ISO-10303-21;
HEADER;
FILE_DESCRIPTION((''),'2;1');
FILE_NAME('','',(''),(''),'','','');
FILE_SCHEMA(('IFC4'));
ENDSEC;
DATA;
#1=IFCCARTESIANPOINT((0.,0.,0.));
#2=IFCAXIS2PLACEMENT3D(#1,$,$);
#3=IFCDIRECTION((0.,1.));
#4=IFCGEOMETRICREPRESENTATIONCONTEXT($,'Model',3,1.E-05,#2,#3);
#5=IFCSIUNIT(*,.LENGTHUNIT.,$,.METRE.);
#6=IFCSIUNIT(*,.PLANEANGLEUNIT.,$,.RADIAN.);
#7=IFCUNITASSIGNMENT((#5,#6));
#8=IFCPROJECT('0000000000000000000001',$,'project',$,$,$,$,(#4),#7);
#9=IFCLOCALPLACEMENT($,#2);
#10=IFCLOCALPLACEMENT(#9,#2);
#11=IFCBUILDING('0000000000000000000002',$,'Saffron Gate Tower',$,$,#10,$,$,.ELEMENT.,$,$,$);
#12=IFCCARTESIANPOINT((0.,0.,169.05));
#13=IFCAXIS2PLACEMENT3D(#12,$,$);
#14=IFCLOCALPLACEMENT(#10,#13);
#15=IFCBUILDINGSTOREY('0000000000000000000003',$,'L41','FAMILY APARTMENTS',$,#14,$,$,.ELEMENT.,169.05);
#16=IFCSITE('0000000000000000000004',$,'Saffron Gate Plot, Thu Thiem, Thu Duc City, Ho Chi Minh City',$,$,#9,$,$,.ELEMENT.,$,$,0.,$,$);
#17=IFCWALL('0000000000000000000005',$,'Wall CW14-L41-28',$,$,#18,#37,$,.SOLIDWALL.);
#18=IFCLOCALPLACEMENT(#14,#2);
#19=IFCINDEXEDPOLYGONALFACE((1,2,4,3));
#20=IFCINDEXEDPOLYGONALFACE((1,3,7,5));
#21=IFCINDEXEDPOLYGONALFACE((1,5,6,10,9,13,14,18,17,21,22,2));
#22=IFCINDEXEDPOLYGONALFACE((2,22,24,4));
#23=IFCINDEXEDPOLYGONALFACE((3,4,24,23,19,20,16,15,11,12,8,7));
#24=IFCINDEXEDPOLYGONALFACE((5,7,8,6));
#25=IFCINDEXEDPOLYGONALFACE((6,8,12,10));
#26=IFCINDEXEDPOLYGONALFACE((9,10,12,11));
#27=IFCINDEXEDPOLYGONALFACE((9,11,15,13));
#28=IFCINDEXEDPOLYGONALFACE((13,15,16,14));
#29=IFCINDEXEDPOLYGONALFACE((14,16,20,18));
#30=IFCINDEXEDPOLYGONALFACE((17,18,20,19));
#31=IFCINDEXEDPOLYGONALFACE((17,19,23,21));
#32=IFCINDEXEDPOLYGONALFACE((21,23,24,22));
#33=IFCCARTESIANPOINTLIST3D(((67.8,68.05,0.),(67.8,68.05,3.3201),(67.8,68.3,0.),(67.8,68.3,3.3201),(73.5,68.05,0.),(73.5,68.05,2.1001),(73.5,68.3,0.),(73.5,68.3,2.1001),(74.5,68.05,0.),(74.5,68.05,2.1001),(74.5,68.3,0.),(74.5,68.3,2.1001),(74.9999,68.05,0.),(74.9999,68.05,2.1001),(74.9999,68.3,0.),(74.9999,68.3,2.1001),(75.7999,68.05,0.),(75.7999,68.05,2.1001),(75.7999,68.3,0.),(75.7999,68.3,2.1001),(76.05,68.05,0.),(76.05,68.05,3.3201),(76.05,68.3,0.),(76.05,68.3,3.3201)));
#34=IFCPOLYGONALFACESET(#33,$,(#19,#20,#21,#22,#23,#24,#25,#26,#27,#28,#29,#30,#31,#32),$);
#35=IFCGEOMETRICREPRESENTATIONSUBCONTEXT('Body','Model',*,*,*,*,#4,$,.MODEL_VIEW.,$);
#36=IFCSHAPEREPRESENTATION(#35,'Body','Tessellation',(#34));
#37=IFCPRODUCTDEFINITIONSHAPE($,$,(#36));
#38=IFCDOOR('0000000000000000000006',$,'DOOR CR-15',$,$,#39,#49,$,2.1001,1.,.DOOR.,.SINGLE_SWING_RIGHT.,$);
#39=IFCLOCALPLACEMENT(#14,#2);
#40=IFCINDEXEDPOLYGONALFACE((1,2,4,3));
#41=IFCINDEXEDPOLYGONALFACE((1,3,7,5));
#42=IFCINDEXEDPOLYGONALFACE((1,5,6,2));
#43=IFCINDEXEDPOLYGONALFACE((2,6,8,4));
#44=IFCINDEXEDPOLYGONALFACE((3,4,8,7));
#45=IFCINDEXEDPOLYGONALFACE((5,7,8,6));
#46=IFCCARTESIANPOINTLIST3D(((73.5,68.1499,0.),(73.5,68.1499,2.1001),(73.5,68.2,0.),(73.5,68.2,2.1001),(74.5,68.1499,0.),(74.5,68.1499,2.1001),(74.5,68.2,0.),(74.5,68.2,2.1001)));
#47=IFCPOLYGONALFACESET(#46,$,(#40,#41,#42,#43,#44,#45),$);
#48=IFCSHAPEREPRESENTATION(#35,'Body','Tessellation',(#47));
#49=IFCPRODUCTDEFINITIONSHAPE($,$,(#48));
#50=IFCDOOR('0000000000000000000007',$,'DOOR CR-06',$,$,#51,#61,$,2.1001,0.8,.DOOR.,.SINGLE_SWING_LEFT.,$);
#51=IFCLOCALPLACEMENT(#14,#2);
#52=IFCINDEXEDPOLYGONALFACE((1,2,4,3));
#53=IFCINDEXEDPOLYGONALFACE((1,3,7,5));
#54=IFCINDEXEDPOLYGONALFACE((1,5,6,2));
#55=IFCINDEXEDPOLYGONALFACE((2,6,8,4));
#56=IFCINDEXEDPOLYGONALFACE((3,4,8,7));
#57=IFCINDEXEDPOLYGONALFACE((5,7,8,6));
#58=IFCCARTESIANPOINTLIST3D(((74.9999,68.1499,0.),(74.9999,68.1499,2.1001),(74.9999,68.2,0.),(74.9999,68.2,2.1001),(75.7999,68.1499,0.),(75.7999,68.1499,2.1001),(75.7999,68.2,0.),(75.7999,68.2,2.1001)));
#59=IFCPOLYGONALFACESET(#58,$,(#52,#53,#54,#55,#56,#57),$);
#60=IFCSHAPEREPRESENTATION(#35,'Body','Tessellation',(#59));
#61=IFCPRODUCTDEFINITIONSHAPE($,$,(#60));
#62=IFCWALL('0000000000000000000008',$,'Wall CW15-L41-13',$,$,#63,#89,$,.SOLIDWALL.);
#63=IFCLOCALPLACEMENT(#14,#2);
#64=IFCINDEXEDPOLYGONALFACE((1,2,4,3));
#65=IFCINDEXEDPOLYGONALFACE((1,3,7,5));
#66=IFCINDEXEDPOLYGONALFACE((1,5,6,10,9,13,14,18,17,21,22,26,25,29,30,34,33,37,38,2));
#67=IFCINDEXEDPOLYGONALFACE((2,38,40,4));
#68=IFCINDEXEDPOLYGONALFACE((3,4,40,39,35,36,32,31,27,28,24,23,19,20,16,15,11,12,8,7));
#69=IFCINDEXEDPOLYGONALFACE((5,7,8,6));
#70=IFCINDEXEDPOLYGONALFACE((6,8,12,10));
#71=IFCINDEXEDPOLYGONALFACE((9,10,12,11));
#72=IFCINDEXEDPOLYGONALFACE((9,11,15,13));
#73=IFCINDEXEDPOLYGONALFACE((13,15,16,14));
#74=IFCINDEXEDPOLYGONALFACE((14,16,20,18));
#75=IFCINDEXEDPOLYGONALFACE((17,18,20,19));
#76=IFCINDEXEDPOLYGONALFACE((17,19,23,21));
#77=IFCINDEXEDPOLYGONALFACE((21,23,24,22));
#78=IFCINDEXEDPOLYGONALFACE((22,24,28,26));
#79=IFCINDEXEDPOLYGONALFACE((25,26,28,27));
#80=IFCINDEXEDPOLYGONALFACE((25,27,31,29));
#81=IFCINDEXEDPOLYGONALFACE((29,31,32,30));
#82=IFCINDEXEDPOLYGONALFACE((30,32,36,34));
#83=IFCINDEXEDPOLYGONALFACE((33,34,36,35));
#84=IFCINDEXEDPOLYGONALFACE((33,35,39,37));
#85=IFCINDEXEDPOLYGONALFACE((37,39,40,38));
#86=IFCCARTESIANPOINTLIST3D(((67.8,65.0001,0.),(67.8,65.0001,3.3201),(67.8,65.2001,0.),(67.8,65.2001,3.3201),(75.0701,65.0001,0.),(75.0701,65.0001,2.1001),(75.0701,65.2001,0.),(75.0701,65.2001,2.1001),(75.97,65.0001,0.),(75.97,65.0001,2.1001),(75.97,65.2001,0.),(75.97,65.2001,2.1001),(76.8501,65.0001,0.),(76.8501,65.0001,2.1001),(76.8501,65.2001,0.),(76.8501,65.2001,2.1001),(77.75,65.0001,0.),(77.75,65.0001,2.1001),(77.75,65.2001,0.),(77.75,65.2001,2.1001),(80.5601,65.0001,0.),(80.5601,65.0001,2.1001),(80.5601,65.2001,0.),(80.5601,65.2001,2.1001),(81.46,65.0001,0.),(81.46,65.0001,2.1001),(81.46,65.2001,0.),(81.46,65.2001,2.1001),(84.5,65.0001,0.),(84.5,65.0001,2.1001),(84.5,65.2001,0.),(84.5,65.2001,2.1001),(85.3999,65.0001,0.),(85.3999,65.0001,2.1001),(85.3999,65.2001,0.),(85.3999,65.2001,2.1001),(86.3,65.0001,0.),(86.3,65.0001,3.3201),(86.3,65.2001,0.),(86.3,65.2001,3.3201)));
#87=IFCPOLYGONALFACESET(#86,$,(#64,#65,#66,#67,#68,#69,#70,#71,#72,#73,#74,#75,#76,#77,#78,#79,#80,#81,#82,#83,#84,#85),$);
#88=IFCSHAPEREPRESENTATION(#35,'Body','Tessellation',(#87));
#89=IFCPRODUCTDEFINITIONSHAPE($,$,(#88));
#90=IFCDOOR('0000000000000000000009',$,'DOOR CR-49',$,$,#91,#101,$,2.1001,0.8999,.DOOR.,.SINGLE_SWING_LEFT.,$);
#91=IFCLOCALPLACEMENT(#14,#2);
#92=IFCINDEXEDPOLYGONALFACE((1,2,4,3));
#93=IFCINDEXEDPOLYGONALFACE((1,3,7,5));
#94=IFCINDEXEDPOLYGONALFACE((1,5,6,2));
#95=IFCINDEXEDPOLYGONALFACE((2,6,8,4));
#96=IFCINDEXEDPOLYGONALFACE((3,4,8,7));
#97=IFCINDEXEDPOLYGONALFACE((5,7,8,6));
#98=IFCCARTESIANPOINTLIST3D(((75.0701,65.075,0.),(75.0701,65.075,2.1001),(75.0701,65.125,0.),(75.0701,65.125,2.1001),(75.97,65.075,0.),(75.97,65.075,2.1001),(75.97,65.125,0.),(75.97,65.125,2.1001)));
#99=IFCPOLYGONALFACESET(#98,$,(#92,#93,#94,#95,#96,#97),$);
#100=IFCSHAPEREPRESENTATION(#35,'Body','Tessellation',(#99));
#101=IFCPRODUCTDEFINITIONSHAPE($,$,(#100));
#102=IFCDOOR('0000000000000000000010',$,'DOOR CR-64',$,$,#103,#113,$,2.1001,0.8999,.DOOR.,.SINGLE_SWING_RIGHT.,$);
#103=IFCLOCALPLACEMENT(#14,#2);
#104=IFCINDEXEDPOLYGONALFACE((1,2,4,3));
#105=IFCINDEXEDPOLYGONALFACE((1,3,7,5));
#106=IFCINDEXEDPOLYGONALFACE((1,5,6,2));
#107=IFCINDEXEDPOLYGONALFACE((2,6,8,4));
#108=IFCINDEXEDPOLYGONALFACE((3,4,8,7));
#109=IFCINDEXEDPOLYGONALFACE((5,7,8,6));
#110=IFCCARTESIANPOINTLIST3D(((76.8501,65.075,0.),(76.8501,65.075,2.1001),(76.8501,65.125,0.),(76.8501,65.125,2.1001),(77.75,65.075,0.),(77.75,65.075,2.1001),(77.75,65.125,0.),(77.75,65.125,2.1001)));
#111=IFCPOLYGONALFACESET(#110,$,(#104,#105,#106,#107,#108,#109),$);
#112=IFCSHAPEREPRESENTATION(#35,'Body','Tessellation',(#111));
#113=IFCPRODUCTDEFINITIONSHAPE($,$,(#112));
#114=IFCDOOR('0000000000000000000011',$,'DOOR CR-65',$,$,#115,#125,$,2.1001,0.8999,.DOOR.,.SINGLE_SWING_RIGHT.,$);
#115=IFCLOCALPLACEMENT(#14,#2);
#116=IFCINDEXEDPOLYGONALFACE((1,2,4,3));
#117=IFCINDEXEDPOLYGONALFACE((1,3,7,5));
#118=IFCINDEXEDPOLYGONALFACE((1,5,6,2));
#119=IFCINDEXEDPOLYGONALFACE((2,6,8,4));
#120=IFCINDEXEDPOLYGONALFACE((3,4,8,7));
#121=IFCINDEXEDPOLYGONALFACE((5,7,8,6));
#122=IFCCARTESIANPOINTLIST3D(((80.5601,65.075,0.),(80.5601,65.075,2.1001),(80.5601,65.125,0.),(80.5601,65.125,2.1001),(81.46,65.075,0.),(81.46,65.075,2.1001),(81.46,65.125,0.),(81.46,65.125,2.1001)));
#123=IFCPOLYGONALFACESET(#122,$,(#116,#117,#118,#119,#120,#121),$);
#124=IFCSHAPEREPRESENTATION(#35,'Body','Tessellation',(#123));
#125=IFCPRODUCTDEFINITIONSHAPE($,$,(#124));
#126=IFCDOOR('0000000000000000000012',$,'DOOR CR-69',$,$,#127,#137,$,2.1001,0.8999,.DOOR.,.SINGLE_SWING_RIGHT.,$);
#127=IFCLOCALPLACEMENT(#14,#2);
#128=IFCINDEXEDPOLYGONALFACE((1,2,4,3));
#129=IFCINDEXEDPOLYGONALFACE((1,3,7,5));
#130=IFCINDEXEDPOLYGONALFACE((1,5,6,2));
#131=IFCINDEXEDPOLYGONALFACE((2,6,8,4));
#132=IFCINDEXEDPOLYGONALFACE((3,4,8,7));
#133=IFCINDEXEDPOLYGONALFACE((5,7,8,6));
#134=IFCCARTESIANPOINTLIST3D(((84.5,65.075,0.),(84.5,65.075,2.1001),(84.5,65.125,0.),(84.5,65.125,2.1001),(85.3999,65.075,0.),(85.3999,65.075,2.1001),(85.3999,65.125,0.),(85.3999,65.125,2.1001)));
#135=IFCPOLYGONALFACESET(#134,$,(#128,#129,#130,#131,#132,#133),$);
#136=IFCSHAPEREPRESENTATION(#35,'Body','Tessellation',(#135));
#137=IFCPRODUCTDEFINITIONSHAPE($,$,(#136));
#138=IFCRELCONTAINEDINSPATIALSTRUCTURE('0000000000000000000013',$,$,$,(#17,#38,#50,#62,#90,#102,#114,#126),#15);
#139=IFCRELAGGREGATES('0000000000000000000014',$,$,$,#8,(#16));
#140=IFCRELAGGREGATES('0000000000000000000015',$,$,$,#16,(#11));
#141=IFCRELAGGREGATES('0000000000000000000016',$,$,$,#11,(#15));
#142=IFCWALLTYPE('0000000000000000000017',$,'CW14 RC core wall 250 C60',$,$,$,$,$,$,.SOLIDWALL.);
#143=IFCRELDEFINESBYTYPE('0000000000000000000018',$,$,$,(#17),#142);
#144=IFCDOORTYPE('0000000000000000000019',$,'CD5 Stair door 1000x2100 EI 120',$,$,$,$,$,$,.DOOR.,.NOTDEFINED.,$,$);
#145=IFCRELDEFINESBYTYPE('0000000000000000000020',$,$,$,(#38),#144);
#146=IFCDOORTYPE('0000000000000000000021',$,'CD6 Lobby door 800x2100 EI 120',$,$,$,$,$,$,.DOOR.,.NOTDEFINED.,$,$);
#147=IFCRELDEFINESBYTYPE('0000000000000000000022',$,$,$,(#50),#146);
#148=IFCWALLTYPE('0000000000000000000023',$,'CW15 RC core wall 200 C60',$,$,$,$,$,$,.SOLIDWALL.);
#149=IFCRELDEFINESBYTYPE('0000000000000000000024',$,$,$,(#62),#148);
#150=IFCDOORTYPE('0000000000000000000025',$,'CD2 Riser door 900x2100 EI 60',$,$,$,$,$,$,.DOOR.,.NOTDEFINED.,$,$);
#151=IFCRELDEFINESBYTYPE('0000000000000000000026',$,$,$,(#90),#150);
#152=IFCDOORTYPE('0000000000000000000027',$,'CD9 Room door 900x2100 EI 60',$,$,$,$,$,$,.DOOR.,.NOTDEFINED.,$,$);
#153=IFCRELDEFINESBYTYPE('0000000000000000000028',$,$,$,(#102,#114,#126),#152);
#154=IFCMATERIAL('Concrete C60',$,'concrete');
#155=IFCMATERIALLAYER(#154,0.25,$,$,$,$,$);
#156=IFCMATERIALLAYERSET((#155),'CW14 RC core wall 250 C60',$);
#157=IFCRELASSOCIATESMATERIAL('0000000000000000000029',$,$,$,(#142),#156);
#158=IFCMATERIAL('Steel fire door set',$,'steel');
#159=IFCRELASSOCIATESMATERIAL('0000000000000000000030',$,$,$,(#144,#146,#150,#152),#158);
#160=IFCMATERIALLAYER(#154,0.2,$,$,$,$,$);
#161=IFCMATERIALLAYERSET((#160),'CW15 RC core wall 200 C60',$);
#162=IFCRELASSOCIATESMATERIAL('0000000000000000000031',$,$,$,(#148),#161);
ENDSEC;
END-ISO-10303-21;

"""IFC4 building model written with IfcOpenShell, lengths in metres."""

from ifc_helpers import new_model, si_unit, direction, frame, frame_2d, origin, place, context, subcontext, project, spatial, rectangle, extrude, material, layer, layer_set, type_object, element, fill, save


model = new_model("IFC4")

# Units and contexts
model_context = context("Model", 3, precision=1e-05, world=origin(), true_north=direction((0.0, 1.0)))
body_context = subcontext(model_context, "Body", "Model", "MODEL_VIEW")
ifc_project = project(units=[si_unit("LENGTHUNIT", "METRE"), si_unit("PLANEANGLEUNIT", "RADIAN")], contexts=[model_context])

# Site, building, storey
site_placement = place(None, origin())
site = spatial("IfcSite", under=ifc_project, at=site_placement, Name="Saffron Gate Plot, Thu Thiem, Thu Duc City, Ho Chi Minh City", CompositionType="ELEMENT", RefElevation=0.0)
building_placement = place(site_placement, origin())
building = spatial("IfcBuilding", under=site, at=building_placement, Name="Saffron Gate Tower", CompositionType="ELEMENT")
storey_placement = place(building_placement, frame((0.0, 0.0, 169.05)))
storey = spatial("IfcBuildingStorey", under=building, at=storey_placement, Name="L41", Description="FAMILY APARTMENTS", CompositionType="ELEMENT", Elevation=169.05)

# Walls, openings, doors
ifc_material_1 = material(Name="Concrete C60", Category="concrete")
ifc_layer_1 = layer(ifc_material_1, 0.25)
ifc_layer_set_1 = layer_set([ifc_layer_1], Name="CW14 RC core wall 250 C60")
wall_type_1 = type_object("IfcWallType", Name="CW14 RC core wall 250 C60", PredefinedType="SOLIDWALL", material=ifc_layer_set_1)
wall_1_placement = place(storey_placement, frame((67.8, 68.175, 0.0), z_axis=(0.0, 0.0, 1.0), x_axis=(1.0, 0.0, 0.0)))
wall_1 = element("IfcWall", 1, at=wall_1_placement, inside=storey, type_object=wall_type_1, Name="Wall CW14-L41-28", PredefinedType="SOLIDWALL", context=body_context, shape_type="SweptSolid", body=[
    extrude(rectangle(XDim=8.25, YDim=0.25, at=frame_2d((4.125, 0.0))), origin(), (0.0, 0.0, 1.0), 3.3201),
])
opening_1_placement = place(wall_1_placement, frame((5.7, 0.0, 0.0)))
opening_1 = element("IfcOpeningElement", 2, at=opening_1_placement, cuts=wall_1, PredefinedType="OPENING", context=body_context, shape_type="SweptSolid", body=[
    extrude(rectangle(XDim=1.0, YDim=2.1001, at=frame_2d((0.5, 1.05))), frame((0.0, 0.135, 0.0), z_axis=(0.0, -1.0, 0.0), x_axis=(1.0, 0.0, 0.0)), (0.0, 0.0, 1.0), 0.27),
])
opening_2_placement = place(wall_1_placement, frame((7.2, 0.0, 0.0)))
opening_2 = element("IfcOpeningElement", 3, at=opening_2_placement, cuts=wall_1, PredefinedType="OPENING", context=body_context, shape_type="SweptSolid", body=[
    extrude(rectangle(XDim=0.8, YDim=2.1001, at=frame_2d((0.3999, 1.05))), frame((0.0, 0.135, 0.0), z_axis=(0.0, -1.0, 0.0), x_axis=(1.0, 0.0, 0.0)), (0.0, 0.0, 1.0), 0.27),
])
ifc_material_2 = material(Name="Steel fire door set", Category="steel")
door_type_1 = type_object("IfcDoorType", Name="CD5 Stair door 1000x2100 EI 120", OperationType="NOTDEFINED", PredefinedType="DOOR", material=ifc_material_2)
door_1_placement = place(opening_1_placement, origin())
door_1 = element("IfcDoor", 4, at=door_1_placement, inside=storey, type_object=door_type_1, Name="DOOR CR-15", OperationType="SINGLE_SWING_RIGHT", OverallHeight=2.1001, OverallWidth=1.0, PredefinedType="DOOR", context=body_context, shape_type="SweptSolid", body=[
    extrude(rectangle(XDim=1.0, YDim=2.1001, at=frame_2d((0.5, 1.05))), frame((0.0, 0.0249, 0.0), z_axis=(0.0, -1.0, 0.0), x_axis=(1.0, 0.0, 0.0)), (0.0, 0.0, 1.0), 0.05),
])
fill(opening_1, door_1)
door_type_2 = type_object("IfcDoorType", Name="CD6 Lobby door 800x2100 EI 120", OperationType="NOTDEFINED", PredefinedType="DOOR", material=ifc_material_2)
door_2_placement = place(opening_2_placement, origin())
door_2 = element("IfcDoor", 5, at=door_2_placement, inside=storey, type_object=door_type_2, Name="DOOR CR-06", OperationType="SINGLE_SWING_LEFT", OverallHeight=2.1001, OverallWidth=0.8, PredefinedType="DOOR", context=body_context, shape_type="SweptSolid", body=[
    extrude(rectangle(XDim=0.8, YDim=2.1001, at=frame_2d((0.3999, 1.05))), frame((0.0, 0.0249, 0.0), z_axis=(0.0, -1.0, 0.0), x_axis=(1.0, 0.0, 0.0)), (0.0, 0.0, 1.0), 0.05),
])
fill(opening_2, door_2)
ifc_layer_2 = layer(ifc_material_1, 0.2)
ifc_layer_set_2 = layer_set([ifc_layer_2], Name="CW15 RC core wall 200 C60")
wall_type_2 = type_object("IfcWallType", Name="CW15 RC core wall 200 C60", PredefinedType="SOLIDWALL", material=ifc_layer_set_2)
wall_2_placement = place(storey_placement, frame((67.8, 65.1001, 0.0), z_axis=(0.0, 0.0, 1.0), x_axis=(1.0, 0.0, 0.0)))
wall_2 = element("IfcWall", 6, at=wall_2_placement, inside=storey, type_object=wall_type_2, Name="Wall CW15-L41-13", PredefinedType="SOLIDWALL", context=body_context, shape_type="SweptSolid", body=[
    extrude(rectangle(XDim=18.5, YDim=0.2, at=frame_2d((9.25, 0.0))), origin(), (0.0, 0.0, 1.0), 3.3201),
])
opening_3_placement = place(wall_2_placement, frame((7.27, 0.0, 0.0)))
opening_3 = element("IfcOpeningElement", 7, at=opening_3_placement, cuts=wall_2, PredefinedType="OPENING", context=body_context, shape_type="SweptSolid", body=[
    extrude(rectangle(XDim=0.8999, YDim=2.1001, at=frame_2d((0.45, 1.05))), frame((0.0, 0.1099, 0.0), z_axis=(0.0, -1.0, 0.0), x_axis=(1.0, 0.0, 0.0)), (0.0, 0.0, 1.0), 0.22),
])
opening_4_placement = place(wall_2_placement, frame((9.05, 0.0, 0.0)))
opening_4 = element("IfcOpeningElement", 8, at=opening_4_placement, cuts=wall_2, PredefinedType="OPENING", context=body_context, shape_type="SweptSolid", body=[
    extrude(rectangle(XDim=0.8999, YDim=2.1001, at=frame_2d((0.45, 1.05))), frame((0.0, 0.1099, 0.0), z_axis=(0.0, -1.0, 0.0), x_axis=(1.0, 0.0, 0.0)), (0.0, 0.0, 1.0), 0.22),
])
opening_5_placement = place(wall_2_placement, frame((12.76, 0.0, 0.0)))
opening_5 = element("IfcOpeningElement", 9, at=opening_5_placement, cuts=wall_2, PredefinedType="OPENING", context=body_context, shape_type="SweptSolid", body=[
    extrude(rectangle(XDim=0.8999, YDim=2.1001, at=frame_2d((0.45, 1.05))), frame((0.0, 0.1099, 0.0), z_axis=(0.0, -1.0, 0.0), x_axis=(1.0, 0.0, 0.0)), (0.0, 0.0, 1.0), 0.22),
])
opening_6_placement = place(wall_2_placement, frame((16.7, 0.0, 0.0)))
opening_6 = element("IfcOpeningElement", 10, at=opening_6_placement, cuts=wall_2, PredefinedType="OPENING", context=body_context, shape_type="SweptSolid", body=[
    extrude(rectangle(XDim=0.8999, YDim=2.1001, at=frame_2d((0.45, 1.05))), frame((0.0, 0.1099, 0.0), z_axis=(0.0, -1.0, 0.0), x_axis=(1.0, 0.0, 0.0)), (0.0, 0.0, 1.0), 0.22),
])
door_type_3 = type_object("IfcDoorType", Name="CD2 Riser door 900x2100 EI 60", OperationType="NOTDEFINED", PredefinedType="DOOR", material=ifc_material_2)
door_3_placement = place(opening_3_placement, origin())
door_3 = element("IfcDoor", 11, at=door_3_placement, inside=storey, type_object=door_type_3, Name="DOOR CR-49", OperationType="SINGLE_SWING_LEFT", OverallHeight=2.1001, OverallWidth=0.8999, PredefinedType="DOOR", context=body_context, shape_type="SweptSolid", body=[
    extrude(rectangle(XDim=0.8999, YDim=2.1001, at=frame_2d((0.45, 1.05))), frame((0.0, 0.0249, 0.0), z_axis=(0.0, -1.0, 0.0), x_axis=(1.0, 0.0, 0.0)), (0.0, 0.0, 1.0), 0.05),
])
fill(opening_3, door_3)
door_type_4 = type_object("IfcDoorType", Name="CD9 Room door 900x2100 EI 60", OperationType="NOTDEFINED", PredefinedType="DOOR", material=ifc_material_2)
door_4_placement = place(opening_4_placement, origin())
door_4 = element("IfcDoor", 12, at=door_4_placement, inside=storey, type_object=door_type_4, Name="DOOR CR-64", OperationType="SINGLE_SWING_RIGHT", OverallHeight=2.1001, OverallWidth=0.8999, PredefinedType="DOOR", context=body_context, shape_type="SweptSolid", body=[
    extrude(rectangle(XDim=0.8999, YDim=2.1001, at=frame_2d((0.45, 1.05))), frame((0.0, 0.0249, 0.0), z_axis=(0.0, -1.0, 0.0), x_axis=(1.0, 0.0, 0.0)), (0.0, 0.0, 1.0), 0.05),
])
fill(opening_4, door_4)
door_5_placement = place(opening_5_placement, origin())
door_5 = element("IfcDoor", 13, at=door_5_placement, inside=storey, type_object=door_type_4, Name="DOOR CR-65", OperationType="SINGLE_SWING_RIGHT", OverallHeight=2.1001, OverallWidth=0.8999, PredefinedType="DOOR", context=body_context, shape_type="SweptSolid", body=[
    extrude(rectangle(XDim=0.8999, YDim=2.1001, at=frame_2d((0.45, 1.05))), frame((0.0, 0.0249, 0.0), z_axis=(0.0, -1.0, 0.0), x_axis=(1.0, 0.0, 0.0)), (0.0, 0.0, 1.0), 0.05),
])
fill(opening_5, door_5)
door_6_placement = place(opening_6_placement, origin())
door_6 = element("IfcDoor", 14, at=door_6_placement, inside=storey, type_object=door_type_4, Name="DOOR CR-69", OperationType="SINGLE_SWING_RIGHT", OverallHeight=2.1001, OverallWidth=0.8999, PredefinedType="DOOR", context=body_context, shape_type="SweptSolid", body=[
    extrude(rectangle(XDim=0.8999, YDim=2.1001, at=frame_2d((0.45, 1.05))), frame((0.0, 0.0249, 0.0), z_axis=(0.0, -1.0, 0.0), x_axis=(1.0, 0.0, 0.0)), (0.0, 0.0, 1.0), 0.05),
])
fill(opening_6, door_6)

save(model, "model.ifc")
